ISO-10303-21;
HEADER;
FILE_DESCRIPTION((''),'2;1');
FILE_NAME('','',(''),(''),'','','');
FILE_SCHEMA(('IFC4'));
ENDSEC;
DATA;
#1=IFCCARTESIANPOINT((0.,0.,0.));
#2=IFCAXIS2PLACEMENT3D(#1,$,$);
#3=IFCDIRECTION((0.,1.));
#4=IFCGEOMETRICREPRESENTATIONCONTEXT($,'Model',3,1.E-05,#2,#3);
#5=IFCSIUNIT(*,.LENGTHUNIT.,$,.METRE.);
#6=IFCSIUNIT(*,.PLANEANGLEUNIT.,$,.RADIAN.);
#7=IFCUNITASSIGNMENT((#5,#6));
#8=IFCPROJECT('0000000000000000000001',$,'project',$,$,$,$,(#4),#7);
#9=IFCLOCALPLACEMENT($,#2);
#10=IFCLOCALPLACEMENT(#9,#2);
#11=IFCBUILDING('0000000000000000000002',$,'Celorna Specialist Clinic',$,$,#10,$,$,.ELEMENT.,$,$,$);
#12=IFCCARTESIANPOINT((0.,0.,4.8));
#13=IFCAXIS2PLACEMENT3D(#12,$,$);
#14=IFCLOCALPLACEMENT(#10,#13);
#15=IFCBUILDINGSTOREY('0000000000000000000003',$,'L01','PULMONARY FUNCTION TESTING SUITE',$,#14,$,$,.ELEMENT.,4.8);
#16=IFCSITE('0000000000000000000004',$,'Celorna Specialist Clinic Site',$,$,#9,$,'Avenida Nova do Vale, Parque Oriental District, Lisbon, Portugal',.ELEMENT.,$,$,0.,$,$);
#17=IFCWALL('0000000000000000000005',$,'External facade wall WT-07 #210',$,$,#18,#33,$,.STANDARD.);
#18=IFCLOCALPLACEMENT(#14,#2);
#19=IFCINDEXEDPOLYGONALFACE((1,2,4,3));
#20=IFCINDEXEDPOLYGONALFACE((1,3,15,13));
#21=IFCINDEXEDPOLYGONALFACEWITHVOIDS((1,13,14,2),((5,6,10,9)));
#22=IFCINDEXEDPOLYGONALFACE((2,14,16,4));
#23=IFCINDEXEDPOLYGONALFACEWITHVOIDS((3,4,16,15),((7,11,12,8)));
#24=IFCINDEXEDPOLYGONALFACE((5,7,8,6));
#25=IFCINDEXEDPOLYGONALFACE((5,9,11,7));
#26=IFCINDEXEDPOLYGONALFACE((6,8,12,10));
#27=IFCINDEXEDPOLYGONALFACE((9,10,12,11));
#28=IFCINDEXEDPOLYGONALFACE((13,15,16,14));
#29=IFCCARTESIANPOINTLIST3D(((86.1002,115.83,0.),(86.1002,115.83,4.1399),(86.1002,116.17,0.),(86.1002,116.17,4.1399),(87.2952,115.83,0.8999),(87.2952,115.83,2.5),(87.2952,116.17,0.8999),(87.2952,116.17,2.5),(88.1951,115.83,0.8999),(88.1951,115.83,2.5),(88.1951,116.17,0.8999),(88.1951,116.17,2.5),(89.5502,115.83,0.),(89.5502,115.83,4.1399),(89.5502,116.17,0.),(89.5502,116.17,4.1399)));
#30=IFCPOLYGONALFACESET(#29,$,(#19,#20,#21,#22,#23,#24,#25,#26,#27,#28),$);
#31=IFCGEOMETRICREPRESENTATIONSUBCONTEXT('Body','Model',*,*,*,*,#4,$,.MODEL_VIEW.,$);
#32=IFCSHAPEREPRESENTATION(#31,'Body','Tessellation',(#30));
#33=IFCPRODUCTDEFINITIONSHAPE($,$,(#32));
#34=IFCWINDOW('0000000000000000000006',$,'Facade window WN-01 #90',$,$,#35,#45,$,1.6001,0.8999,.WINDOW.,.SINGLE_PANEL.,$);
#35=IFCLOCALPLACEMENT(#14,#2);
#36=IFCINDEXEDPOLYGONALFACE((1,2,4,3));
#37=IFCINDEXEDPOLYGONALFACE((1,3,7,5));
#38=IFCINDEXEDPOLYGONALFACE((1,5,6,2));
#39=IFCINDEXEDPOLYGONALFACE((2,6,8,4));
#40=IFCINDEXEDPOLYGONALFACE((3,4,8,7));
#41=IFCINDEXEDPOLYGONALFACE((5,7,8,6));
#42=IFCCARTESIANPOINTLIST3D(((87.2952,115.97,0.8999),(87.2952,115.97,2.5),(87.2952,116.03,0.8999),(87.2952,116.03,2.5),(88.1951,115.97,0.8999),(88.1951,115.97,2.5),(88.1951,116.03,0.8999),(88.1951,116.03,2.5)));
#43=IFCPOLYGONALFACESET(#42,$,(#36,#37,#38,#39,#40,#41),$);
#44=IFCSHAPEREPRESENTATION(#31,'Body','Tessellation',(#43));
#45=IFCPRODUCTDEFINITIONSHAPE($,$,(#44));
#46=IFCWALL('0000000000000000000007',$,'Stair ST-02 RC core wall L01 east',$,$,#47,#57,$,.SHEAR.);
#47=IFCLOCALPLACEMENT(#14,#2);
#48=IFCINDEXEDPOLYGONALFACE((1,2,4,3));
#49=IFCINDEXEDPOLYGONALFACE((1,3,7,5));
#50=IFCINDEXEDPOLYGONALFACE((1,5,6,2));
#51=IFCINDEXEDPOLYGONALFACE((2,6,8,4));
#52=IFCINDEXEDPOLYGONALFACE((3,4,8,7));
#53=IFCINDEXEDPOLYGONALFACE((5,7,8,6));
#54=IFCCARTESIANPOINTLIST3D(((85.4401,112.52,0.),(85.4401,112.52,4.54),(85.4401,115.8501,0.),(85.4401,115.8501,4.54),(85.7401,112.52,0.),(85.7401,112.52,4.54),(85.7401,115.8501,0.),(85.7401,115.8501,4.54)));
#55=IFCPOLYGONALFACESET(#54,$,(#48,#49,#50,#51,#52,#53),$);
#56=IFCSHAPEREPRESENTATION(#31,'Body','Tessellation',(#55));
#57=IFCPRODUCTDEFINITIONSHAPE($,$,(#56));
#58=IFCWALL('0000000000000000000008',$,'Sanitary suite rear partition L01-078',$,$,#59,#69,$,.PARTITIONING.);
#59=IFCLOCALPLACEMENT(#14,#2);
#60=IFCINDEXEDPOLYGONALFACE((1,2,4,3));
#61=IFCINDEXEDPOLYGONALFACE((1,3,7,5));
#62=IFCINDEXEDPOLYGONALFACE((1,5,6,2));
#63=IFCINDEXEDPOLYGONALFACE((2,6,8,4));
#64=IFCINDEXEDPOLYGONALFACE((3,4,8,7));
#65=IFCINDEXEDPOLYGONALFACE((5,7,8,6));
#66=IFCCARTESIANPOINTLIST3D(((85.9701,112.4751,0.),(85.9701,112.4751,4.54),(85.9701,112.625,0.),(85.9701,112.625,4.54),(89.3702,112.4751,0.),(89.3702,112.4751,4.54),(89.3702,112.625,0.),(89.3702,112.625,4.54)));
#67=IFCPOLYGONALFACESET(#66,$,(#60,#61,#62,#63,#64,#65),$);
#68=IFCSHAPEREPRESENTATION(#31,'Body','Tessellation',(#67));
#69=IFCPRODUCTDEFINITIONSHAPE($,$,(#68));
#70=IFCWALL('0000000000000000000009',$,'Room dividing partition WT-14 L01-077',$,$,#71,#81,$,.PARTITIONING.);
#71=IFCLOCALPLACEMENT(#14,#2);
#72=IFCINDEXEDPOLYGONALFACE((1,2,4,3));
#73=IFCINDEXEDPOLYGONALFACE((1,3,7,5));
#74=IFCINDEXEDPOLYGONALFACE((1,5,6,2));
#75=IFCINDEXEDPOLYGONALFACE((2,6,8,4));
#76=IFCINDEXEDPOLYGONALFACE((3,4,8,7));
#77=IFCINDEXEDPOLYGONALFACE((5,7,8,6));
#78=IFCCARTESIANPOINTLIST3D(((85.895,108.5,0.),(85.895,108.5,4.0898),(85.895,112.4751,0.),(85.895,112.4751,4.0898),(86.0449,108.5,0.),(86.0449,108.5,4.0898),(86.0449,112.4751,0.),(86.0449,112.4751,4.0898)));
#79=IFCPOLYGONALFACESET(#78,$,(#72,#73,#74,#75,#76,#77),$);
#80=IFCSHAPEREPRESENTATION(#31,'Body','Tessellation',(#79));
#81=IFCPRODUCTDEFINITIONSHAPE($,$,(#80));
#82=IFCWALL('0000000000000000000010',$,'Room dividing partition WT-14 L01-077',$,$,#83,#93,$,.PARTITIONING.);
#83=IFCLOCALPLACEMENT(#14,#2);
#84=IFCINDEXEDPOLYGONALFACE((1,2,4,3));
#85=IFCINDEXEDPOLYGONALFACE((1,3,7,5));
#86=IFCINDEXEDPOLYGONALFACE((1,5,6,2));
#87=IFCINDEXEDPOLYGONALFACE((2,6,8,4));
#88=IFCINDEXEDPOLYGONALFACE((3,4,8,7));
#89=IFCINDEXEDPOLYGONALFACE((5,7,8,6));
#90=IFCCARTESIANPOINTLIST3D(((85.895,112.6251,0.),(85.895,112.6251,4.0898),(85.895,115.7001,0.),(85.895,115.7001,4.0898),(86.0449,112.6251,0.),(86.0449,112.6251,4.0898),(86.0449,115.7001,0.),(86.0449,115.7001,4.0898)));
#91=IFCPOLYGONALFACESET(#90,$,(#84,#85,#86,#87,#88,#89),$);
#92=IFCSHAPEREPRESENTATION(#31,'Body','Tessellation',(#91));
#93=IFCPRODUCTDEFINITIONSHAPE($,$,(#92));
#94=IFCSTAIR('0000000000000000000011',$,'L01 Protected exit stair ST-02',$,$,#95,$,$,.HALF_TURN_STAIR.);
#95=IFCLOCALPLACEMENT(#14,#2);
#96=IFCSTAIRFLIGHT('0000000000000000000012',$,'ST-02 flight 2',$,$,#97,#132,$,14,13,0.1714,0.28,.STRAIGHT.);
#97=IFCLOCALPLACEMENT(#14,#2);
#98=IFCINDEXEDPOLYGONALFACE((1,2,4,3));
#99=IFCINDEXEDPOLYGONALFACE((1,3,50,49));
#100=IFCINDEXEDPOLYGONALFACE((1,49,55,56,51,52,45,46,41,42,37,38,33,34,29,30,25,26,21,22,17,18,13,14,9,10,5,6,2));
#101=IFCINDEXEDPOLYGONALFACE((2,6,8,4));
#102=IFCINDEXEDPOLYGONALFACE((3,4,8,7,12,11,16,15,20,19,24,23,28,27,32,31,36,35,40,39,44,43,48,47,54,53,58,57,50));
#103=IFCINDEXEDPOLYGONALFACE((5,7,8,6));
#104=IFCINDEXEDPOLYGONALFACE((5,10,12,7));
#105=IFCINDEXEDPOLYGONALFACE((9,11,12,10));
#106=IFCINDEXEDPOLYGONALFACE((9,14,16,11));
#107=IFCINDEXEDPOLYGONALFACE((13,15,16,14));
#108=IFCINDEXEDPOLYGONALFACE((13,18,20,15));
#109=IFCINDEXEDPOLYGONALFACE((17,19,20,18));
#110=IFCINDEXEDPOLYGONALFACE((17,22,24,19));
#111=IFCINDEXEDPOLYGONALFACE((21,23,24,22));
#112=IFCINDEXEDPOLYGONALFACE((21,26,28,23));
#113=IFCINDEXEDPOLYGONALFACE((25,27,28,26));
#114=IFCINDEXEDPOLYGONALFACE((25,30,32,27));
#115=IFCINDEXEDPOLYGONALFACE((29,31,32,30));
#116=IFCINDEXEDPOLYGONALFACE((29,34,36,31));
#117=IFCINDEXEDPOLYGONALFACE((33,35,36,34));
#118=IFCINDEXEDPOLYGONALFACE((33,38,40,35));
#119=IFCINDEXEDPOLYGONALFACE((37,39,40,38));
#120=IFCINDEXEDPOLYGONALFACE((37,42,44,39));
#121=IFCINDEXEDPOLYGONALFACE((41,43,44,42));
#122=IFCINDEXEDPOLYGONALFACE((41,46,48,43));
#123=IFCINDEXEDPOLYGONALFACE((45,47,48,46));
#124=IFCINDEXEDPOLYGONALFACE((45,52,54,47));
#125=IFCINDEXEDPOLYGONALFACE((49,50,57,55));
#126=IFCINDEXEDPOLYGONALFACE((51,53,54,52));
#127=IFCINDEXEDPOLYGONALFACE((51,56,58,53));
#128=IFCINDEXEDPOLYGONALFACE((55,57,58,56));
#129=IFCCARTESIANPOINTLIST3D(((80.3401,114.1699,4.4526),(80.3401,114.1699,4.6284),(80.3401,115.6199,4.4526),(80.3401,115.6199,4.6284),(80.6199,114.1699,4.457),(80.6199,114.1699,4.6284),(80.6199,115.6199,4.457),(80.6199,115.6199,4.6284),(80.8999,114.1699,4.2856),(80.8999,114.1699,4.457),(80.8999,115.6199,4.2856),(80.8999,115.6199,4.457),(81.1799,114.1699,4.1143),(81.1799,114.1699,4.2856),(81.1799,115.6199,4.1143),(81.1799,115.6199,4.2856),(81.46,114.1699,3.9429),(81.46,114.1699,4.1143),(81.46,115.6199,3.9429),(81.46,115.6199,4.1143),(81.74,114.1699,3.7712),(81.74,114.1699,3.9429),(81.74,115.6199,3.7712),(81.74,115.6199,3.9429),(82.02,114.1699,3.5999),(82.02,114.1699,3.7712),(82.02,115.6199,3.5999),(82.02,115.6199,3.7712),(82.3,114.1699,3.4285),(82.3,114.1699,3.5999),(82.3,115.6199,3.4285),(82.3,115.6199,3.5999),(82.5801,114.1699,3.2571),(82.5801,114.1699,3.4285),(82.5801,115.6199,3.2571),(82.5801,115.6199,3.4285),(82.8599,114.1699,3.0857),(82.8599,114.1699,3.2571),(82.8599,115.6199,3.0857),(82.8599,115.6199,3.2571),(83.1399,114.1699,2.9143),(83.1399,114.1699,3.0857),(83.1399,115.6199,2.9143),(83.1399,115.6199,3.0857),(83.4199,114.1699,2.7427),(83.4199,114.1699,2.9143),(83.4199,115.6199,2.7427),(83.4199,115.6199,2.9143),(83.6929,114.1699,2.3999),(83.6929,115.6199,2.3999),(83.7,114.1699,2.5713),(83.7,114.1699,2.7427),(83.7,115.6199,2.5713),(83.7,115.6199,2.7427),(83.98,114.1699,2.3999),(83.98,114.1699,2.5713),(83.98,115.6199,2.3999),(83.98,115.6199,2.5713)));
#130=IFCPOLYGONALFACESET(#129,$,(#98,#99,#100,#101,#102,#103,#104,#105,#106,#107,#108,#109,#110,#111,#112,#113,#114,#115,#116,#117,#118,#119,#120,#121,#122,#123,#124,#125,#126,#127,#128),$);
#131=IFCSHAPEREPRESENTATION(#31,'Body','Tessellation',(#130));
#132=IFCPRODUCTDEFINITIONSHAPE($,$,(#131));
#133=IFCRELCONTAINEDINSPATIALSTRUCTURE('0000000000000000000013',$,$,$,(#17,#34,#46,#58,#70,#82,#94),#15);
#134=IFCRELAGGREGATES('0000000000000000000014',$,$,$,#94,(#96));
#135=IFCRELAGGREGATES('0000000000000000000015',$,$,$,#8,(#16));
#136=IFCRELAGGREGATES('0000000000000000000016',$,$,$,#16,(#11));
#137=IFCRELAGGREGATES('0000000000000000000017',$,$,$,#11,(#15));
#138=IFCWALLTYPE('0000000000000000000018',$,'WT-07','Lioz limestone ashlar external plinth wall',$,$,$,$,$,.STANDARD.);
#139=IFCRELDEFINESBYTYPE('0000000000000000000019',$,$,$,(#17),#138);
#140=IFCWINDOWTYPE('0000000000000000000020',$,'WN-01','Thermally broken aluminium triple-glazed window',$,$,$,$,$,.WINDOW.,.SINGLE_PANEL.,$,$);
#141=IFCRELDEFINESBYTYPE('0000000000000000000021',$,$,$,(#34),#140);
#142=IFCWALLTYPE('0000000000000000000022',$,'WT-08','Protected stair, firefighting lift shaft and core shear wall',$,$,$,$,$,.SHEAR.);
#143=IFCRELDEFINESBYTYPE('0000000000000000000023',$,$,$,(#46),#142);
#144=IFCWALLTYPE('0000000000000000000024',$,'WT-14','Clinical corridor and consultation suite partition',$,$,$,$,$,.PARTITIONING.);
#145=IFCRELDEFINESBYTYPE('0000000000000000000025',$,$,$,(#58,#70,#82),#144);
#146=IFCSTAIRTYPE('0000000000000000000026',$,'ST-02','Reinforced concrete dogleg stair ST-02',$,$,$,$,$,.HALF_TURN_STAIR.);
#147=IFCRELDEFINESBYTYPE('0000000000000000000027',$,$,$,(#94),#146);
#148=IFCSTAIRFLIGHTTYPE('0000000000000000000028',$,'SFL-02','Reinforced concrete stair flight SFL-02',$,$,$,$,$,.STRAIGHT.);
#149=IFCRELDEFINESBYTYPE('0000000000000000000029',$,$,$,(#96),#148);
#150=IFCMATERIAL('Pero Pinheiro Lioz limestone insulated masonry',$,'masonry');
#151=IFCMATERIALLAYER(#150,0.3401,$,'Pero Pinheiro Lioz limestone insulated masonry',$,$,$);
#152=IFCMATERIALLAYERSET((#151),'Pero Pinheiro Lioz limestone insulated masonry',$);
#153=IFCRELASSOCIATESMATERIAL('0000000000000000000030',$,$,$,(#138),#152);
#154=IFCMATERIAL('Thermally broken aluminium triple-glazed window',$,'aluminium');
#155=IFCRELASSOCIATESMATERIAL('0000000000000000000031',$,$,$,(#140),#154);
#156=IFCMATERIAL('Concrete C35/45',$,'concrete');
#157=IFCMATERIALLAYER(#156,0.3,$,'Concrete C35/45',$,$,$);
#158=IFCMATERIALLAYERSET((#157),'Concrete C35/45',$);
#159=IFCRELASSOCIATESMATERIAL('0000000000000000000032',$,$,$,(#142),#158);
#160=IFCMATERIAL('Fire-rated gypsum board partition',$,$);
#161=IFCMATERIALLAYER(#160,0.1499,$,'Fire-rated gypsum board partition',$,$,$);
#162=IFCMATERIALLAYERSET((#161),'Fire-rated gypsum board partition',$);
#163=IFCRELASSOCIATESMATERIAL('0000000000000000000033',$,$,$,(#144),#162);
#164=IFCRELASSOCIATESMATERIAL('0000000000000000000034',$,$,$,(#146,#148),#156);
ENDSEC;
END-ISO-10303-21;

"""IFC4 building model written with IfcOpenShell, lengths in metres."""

from ifc_helpers import new_model, si_unit, direction, frame, frame_2d, origin, place, context, subcontext, project, spatial, polyline, rectangle, outline, extrude, material, layer, layer_set, type_object, element, fill, aggregate, save


model = new_model("IFC4")

# Units and contexts
model_context = context("Model", 3, precision=1e-05, world=origin(), true_north=direction((0.0, 1.0)))
body_context = subcontext(model_context, "Body", "Model", "MODEL_VIEW")
ifc_project = project(units=[si_unit("LENGTHUNIT", "METRE"), si_unit("PLANEANGLEUNIT", "RADIAN")], contexts=[model_context])

# Site, building, storey
site_placement = place(None, origin())
site = spatial("IfcSite", under=ifc_project, at=site_placement, Name="Celorna Specialist Clinic Site", LongName="Avenida Nova do Vale, Parque Oriental District, Lisbon, Portugal", CompositionType="ELEMENT", RefElevation=0.0)
building_placement = place(site_placement, origin())
building = spatial("IfcBuilding", under=site, at=building_placement, Name="Celorna Specialist Clinic", CompositionType="ELEMENT")
storey_placement = place(building_placement, frame((0.0, 0.0, 4.8)))
storey = spatial("IfcBuildingStorey", under=building, at=storey_placement, Name="L01", Description="PULMONARY FUNCTION TESTING SUITE", CompositionType="ELEMENT", Elevation=4.8)

# Shared definitions
ifc_material_1 = material(Name="Concrete C35/45", Category="concrete")

# Wall, opening, window
ifc_material_2 = material(Name="Pero Pinheiro Lioz limestone insulated masonry", Category="masonry")
ifc_layer_1 = layer(ifc_material_2, 0.3401, Name="Pero Pinheiro Lioz limestone insulated masonry")
ifc_layer_set_1 = layer_set([ifc_layer_1], Name="Pero Pinheiro Lioz limestone insulated masonry")
wall_type_1 = type_object("IfcWallType", Name="WT-07", Description="Lioz limestone ashlar external plinth wall", PredefinedType="STANDARD", material=ifc_layer_set_1)
wall_1_placement = place(storey_placement, frame((86.1001, 116.0, 0.0), z_axis=(0.0, 0.0, 1.0), x_axis=(1.0, 0.0, 0.0)))
wall_1 = element("IfcWall", 1, at=wall_1_placement, inside=storey, type_object=wall_type_1, Name="External facade wall WT-07 #210", PredefinedType="STANDARD", context=body_context, shape_type="SweptSolid", body=[
    extrude(rectangle(XDim=3.45, YDim=0.3401, at=frame_2d((1.7251, 0.0))), origin(), (0.0, 0.0, 1.0), 4.1399),
])
opening_placement = place(wall_1_placement, frame((1.1951, 0.0, 0.8999)))
opening = element("IfcOpeningElement", 2, at=opening_placement, cuts=wall_1, PredefinedType="OPENING", context=body_context, shape_type="SweptSolid", body=[
    extrude(rectangle(XDim=0.8999, YDim=1.6001, at=frame_2d((0.45, 0.8))), frame((0.0, 0.1799, 0.0), z_axis=(0.0, -1.0, 0.0), x_axis=(1.0, 0.0, 0.0)), (0.0, 0.0, 1.0), 0.3601),
])
ifc_material_3 = material(Name="Thermally broken aluminium triple-glazed window", Category="aluminium")
window_type = type_object("IfcWindowType", Name="WN-01", Description="Thermally broken aluminium triple-glazed window", PartitioningType="SINGLE_PANEL", PredefinedType="WINDOW", material=ifc_material_3)
window_placement = place(opening_placement, origin())
window = element("IfcWindow", 3, at=window_placement, inside=storey, type_object=window_type, Name="Facade window WN-01 #90", OverallHeight=1.6001, OverallWidth=0.8999, PartitioningType="SINGLE_PANEL", PredefinedType="WINDOW", context=body_context, shape_type="SweptSolid", body=[
    extrude(rectangle(XDim=0.8999, YDim=1.6001, at=frame_2d((0.45, 0.8))), frame((0.0, 0.03, 0.0), z_axis=(0.0, -1.0, 0.0), x_axis=(1.0, 0.0, 0.0)), (0.0, 0.0, 1.0), 0.0601),
])
fill(opening, window)

# Walls
ifc_layer_2 = layer(ifc_material_1, 0.3, Name="Concrete C35/45")
ifc_layer_set_2 = layer_set([ifc_layer_2], Name="Concrete C35/45")
wall_type_2 = type_object("IfcWallType", Name="WT-08", Description="Protected stair, firefighting lift shaft and core shear wall", PredefinedType="SHEAR", material=ifc_layer_set_2)
wall_2_placement = place(storey_placement, frame((85.5901, 112.52, 0.0), z_axis=(0.0, 0.0, 1.0), x_axis=(0.0, 1.0, 0.0)))
element("IfcWall", 4, at=wall_2_placement, inside=storey, type_object=wall_type_2, Name="Stair ST-02 RC core wall L01 east", PredefinedType="SHEAR", context=body_context, shape_type="SweptSolid", body=[
    extrude(rectangle(XDim=3.3301, YDim=0.3, at=frame_2d((1.665, 0.0))), origin(), (0.0, 0.0, 1.0), 4.54),
])
ifc_material_4 = material(Name="Fire-rated gypsum board partition")
ifc_layer_3 = layer(ifc_material_4, 0.1499, Name="Fire-rated gypsum board partition")
ifc_layer_set_3 = layer_set([ifc_layer_3], Name="Fire-rated gypsum board partition")
wall_type_3 = type_object("IfcWallType", Name="WT-14", Description="Clinical corridor and consultation suite partition", PredefinedType="PARTITIONING", material=ifc_layer_set_3)
wall_3_placement = place(storey_placement, frame((85.97, 112.55, 0.0), z_axis=(0.0, 0.0, 1.0), x_axis=(1.0, 0.0, 0.0)))
element("IfcWall", 5, at=wall_3_placement, inside=storey, type_object=wall_type_3, Name="Sanitary suite rear partition L01-078", PredefinedType="PARTITIONING", context=body_context, shape_type="SweptSolid", body=[
    extrude(rectangle(XDim=3.4001, YDim=0.1499, at=frame_2d((1.7002, 0.0))), origin(), (0.0, 0.0, 1.0), 4.54),
])
wall_4_placement = place(storey_placement, frame((85.97, 108.5, 0.0), z_axis=(0.0, 0.0, 1.0), x_axis=(0.0, 1.0, 0.0)))
element("IfcWall", 6, at=wall_4_placement, inside=storey, type_object=wall_type_3, Name="Room dividing partition WT-14 L01-077", PredefinedType="PARTITIONING", context=body_context, shape_type="SweptSolid", body=[
    extrude(rectangle(XDim=3.9751, YDim=0.1499, at=frame_2d((1.9875, 0.0))), origin(), (0.0, 0.0, 1.0), 4.0898),
])
wall_5_placement = place(storey_placement, frame((85.97, 112.625, 0.0), z_axis=(0.0, 0.0, 1.0), x_axis=(0.0, 1.0, 0.0)))
element("IfcWall", 7, at=wall_5_placement, inside=storey, type_object=wall_type_3, Name="Room dividing partition WT-14 L01-077", PredefinedType="PARTITIONING", context=body_context, shape_type="SweptSolid", body=[
    extrude(rectangle(XDim=3.075, YDim=0.1499, at=frame_2d((1.5376, 0.0))), origin(), (0.0, 0.0, 1.0), 4.0898),
])

# Stair, stair flight
stair_type = type_object("IfcStairType", Name="ST-02", Description="Reinforced concrete dogleg stair ST-02", PredefinedType="HALF_TURN_STAIR", material=ifc_material_1)
stair_placement = place(storey_placement, origin())
stair = element("IfcStair", 8, at=stair_placement, inside=storey, type_object=stair_type, Name="L01 Protected exit stair ST-02", PredefinedType="HALF_TURN_STAIR")
stair_flight_type = type_object("IfcStairFlightType", Name="SFL-02", Description="Reinforced concrete stair flight SFL-02", PredefinedType="STRAIGHT", material=ifc_material_1)
stair_flight_placement = place(storey_placement, frame((83.98, 114.895, 2.3999), z_axis=(0.0, 0.0, 1.0), x_axis=(-1.0, 0.0, 0.0)))
stair_flight = element("IfcStairFlight", 9, at=stair_flight_placement, type_object=stair_flight_type, Name="ST-02 flight 2", NumberOfRisers=14, NumberOfTreads=13, PredefinedType="STRAIGHT", RiserHeight=0.1714, TreadLength=0.28, context=body_context, shape_type="SweptSolid", body=[
    extrude(outline(polyline([(0.0, 0.0), (0.0, 0.1714), (0.28, 0.1714), (0.28, 0.3428), (0.5601, 0.3428), (0.5601, 0.5144), (0.8401, 0.5144), (0.8401, 0.6858), (1.1201, 0.6858), (1.1201, 0.8572), (1.3999, 0.8572), (1.3999, 1.0286), (1.6799, 1.0286), (1.6799, 1.2), (1.96, 1.2), (1.96, 1.3713), (2.24, 1.3713), (2.24, 1.543), (2.52, 1.543), (2.52, 1.7144), (2.8, 1.7144), (2.8, 1.8857), (3.0801, 1.8857), (3.0801, 2.0571), (3.3601, 2.0571), (3.3601, 2.2285), (3.6399, 2.2285), (3.6399, 2.3999), (3.6399, 2.0527), (0.2871, 0.0), (0.0, 0.0)])), frame((0.0, 0.7251, 0.0), z_axis=(0.0, -1.0, 0.0), x_axis=(1.0, 0.0, 0.0)), (0.0, 0.0, 1.0), 1.45),
])
aggregate(stair, [stair_flight])

save(model, "model.ifc")
